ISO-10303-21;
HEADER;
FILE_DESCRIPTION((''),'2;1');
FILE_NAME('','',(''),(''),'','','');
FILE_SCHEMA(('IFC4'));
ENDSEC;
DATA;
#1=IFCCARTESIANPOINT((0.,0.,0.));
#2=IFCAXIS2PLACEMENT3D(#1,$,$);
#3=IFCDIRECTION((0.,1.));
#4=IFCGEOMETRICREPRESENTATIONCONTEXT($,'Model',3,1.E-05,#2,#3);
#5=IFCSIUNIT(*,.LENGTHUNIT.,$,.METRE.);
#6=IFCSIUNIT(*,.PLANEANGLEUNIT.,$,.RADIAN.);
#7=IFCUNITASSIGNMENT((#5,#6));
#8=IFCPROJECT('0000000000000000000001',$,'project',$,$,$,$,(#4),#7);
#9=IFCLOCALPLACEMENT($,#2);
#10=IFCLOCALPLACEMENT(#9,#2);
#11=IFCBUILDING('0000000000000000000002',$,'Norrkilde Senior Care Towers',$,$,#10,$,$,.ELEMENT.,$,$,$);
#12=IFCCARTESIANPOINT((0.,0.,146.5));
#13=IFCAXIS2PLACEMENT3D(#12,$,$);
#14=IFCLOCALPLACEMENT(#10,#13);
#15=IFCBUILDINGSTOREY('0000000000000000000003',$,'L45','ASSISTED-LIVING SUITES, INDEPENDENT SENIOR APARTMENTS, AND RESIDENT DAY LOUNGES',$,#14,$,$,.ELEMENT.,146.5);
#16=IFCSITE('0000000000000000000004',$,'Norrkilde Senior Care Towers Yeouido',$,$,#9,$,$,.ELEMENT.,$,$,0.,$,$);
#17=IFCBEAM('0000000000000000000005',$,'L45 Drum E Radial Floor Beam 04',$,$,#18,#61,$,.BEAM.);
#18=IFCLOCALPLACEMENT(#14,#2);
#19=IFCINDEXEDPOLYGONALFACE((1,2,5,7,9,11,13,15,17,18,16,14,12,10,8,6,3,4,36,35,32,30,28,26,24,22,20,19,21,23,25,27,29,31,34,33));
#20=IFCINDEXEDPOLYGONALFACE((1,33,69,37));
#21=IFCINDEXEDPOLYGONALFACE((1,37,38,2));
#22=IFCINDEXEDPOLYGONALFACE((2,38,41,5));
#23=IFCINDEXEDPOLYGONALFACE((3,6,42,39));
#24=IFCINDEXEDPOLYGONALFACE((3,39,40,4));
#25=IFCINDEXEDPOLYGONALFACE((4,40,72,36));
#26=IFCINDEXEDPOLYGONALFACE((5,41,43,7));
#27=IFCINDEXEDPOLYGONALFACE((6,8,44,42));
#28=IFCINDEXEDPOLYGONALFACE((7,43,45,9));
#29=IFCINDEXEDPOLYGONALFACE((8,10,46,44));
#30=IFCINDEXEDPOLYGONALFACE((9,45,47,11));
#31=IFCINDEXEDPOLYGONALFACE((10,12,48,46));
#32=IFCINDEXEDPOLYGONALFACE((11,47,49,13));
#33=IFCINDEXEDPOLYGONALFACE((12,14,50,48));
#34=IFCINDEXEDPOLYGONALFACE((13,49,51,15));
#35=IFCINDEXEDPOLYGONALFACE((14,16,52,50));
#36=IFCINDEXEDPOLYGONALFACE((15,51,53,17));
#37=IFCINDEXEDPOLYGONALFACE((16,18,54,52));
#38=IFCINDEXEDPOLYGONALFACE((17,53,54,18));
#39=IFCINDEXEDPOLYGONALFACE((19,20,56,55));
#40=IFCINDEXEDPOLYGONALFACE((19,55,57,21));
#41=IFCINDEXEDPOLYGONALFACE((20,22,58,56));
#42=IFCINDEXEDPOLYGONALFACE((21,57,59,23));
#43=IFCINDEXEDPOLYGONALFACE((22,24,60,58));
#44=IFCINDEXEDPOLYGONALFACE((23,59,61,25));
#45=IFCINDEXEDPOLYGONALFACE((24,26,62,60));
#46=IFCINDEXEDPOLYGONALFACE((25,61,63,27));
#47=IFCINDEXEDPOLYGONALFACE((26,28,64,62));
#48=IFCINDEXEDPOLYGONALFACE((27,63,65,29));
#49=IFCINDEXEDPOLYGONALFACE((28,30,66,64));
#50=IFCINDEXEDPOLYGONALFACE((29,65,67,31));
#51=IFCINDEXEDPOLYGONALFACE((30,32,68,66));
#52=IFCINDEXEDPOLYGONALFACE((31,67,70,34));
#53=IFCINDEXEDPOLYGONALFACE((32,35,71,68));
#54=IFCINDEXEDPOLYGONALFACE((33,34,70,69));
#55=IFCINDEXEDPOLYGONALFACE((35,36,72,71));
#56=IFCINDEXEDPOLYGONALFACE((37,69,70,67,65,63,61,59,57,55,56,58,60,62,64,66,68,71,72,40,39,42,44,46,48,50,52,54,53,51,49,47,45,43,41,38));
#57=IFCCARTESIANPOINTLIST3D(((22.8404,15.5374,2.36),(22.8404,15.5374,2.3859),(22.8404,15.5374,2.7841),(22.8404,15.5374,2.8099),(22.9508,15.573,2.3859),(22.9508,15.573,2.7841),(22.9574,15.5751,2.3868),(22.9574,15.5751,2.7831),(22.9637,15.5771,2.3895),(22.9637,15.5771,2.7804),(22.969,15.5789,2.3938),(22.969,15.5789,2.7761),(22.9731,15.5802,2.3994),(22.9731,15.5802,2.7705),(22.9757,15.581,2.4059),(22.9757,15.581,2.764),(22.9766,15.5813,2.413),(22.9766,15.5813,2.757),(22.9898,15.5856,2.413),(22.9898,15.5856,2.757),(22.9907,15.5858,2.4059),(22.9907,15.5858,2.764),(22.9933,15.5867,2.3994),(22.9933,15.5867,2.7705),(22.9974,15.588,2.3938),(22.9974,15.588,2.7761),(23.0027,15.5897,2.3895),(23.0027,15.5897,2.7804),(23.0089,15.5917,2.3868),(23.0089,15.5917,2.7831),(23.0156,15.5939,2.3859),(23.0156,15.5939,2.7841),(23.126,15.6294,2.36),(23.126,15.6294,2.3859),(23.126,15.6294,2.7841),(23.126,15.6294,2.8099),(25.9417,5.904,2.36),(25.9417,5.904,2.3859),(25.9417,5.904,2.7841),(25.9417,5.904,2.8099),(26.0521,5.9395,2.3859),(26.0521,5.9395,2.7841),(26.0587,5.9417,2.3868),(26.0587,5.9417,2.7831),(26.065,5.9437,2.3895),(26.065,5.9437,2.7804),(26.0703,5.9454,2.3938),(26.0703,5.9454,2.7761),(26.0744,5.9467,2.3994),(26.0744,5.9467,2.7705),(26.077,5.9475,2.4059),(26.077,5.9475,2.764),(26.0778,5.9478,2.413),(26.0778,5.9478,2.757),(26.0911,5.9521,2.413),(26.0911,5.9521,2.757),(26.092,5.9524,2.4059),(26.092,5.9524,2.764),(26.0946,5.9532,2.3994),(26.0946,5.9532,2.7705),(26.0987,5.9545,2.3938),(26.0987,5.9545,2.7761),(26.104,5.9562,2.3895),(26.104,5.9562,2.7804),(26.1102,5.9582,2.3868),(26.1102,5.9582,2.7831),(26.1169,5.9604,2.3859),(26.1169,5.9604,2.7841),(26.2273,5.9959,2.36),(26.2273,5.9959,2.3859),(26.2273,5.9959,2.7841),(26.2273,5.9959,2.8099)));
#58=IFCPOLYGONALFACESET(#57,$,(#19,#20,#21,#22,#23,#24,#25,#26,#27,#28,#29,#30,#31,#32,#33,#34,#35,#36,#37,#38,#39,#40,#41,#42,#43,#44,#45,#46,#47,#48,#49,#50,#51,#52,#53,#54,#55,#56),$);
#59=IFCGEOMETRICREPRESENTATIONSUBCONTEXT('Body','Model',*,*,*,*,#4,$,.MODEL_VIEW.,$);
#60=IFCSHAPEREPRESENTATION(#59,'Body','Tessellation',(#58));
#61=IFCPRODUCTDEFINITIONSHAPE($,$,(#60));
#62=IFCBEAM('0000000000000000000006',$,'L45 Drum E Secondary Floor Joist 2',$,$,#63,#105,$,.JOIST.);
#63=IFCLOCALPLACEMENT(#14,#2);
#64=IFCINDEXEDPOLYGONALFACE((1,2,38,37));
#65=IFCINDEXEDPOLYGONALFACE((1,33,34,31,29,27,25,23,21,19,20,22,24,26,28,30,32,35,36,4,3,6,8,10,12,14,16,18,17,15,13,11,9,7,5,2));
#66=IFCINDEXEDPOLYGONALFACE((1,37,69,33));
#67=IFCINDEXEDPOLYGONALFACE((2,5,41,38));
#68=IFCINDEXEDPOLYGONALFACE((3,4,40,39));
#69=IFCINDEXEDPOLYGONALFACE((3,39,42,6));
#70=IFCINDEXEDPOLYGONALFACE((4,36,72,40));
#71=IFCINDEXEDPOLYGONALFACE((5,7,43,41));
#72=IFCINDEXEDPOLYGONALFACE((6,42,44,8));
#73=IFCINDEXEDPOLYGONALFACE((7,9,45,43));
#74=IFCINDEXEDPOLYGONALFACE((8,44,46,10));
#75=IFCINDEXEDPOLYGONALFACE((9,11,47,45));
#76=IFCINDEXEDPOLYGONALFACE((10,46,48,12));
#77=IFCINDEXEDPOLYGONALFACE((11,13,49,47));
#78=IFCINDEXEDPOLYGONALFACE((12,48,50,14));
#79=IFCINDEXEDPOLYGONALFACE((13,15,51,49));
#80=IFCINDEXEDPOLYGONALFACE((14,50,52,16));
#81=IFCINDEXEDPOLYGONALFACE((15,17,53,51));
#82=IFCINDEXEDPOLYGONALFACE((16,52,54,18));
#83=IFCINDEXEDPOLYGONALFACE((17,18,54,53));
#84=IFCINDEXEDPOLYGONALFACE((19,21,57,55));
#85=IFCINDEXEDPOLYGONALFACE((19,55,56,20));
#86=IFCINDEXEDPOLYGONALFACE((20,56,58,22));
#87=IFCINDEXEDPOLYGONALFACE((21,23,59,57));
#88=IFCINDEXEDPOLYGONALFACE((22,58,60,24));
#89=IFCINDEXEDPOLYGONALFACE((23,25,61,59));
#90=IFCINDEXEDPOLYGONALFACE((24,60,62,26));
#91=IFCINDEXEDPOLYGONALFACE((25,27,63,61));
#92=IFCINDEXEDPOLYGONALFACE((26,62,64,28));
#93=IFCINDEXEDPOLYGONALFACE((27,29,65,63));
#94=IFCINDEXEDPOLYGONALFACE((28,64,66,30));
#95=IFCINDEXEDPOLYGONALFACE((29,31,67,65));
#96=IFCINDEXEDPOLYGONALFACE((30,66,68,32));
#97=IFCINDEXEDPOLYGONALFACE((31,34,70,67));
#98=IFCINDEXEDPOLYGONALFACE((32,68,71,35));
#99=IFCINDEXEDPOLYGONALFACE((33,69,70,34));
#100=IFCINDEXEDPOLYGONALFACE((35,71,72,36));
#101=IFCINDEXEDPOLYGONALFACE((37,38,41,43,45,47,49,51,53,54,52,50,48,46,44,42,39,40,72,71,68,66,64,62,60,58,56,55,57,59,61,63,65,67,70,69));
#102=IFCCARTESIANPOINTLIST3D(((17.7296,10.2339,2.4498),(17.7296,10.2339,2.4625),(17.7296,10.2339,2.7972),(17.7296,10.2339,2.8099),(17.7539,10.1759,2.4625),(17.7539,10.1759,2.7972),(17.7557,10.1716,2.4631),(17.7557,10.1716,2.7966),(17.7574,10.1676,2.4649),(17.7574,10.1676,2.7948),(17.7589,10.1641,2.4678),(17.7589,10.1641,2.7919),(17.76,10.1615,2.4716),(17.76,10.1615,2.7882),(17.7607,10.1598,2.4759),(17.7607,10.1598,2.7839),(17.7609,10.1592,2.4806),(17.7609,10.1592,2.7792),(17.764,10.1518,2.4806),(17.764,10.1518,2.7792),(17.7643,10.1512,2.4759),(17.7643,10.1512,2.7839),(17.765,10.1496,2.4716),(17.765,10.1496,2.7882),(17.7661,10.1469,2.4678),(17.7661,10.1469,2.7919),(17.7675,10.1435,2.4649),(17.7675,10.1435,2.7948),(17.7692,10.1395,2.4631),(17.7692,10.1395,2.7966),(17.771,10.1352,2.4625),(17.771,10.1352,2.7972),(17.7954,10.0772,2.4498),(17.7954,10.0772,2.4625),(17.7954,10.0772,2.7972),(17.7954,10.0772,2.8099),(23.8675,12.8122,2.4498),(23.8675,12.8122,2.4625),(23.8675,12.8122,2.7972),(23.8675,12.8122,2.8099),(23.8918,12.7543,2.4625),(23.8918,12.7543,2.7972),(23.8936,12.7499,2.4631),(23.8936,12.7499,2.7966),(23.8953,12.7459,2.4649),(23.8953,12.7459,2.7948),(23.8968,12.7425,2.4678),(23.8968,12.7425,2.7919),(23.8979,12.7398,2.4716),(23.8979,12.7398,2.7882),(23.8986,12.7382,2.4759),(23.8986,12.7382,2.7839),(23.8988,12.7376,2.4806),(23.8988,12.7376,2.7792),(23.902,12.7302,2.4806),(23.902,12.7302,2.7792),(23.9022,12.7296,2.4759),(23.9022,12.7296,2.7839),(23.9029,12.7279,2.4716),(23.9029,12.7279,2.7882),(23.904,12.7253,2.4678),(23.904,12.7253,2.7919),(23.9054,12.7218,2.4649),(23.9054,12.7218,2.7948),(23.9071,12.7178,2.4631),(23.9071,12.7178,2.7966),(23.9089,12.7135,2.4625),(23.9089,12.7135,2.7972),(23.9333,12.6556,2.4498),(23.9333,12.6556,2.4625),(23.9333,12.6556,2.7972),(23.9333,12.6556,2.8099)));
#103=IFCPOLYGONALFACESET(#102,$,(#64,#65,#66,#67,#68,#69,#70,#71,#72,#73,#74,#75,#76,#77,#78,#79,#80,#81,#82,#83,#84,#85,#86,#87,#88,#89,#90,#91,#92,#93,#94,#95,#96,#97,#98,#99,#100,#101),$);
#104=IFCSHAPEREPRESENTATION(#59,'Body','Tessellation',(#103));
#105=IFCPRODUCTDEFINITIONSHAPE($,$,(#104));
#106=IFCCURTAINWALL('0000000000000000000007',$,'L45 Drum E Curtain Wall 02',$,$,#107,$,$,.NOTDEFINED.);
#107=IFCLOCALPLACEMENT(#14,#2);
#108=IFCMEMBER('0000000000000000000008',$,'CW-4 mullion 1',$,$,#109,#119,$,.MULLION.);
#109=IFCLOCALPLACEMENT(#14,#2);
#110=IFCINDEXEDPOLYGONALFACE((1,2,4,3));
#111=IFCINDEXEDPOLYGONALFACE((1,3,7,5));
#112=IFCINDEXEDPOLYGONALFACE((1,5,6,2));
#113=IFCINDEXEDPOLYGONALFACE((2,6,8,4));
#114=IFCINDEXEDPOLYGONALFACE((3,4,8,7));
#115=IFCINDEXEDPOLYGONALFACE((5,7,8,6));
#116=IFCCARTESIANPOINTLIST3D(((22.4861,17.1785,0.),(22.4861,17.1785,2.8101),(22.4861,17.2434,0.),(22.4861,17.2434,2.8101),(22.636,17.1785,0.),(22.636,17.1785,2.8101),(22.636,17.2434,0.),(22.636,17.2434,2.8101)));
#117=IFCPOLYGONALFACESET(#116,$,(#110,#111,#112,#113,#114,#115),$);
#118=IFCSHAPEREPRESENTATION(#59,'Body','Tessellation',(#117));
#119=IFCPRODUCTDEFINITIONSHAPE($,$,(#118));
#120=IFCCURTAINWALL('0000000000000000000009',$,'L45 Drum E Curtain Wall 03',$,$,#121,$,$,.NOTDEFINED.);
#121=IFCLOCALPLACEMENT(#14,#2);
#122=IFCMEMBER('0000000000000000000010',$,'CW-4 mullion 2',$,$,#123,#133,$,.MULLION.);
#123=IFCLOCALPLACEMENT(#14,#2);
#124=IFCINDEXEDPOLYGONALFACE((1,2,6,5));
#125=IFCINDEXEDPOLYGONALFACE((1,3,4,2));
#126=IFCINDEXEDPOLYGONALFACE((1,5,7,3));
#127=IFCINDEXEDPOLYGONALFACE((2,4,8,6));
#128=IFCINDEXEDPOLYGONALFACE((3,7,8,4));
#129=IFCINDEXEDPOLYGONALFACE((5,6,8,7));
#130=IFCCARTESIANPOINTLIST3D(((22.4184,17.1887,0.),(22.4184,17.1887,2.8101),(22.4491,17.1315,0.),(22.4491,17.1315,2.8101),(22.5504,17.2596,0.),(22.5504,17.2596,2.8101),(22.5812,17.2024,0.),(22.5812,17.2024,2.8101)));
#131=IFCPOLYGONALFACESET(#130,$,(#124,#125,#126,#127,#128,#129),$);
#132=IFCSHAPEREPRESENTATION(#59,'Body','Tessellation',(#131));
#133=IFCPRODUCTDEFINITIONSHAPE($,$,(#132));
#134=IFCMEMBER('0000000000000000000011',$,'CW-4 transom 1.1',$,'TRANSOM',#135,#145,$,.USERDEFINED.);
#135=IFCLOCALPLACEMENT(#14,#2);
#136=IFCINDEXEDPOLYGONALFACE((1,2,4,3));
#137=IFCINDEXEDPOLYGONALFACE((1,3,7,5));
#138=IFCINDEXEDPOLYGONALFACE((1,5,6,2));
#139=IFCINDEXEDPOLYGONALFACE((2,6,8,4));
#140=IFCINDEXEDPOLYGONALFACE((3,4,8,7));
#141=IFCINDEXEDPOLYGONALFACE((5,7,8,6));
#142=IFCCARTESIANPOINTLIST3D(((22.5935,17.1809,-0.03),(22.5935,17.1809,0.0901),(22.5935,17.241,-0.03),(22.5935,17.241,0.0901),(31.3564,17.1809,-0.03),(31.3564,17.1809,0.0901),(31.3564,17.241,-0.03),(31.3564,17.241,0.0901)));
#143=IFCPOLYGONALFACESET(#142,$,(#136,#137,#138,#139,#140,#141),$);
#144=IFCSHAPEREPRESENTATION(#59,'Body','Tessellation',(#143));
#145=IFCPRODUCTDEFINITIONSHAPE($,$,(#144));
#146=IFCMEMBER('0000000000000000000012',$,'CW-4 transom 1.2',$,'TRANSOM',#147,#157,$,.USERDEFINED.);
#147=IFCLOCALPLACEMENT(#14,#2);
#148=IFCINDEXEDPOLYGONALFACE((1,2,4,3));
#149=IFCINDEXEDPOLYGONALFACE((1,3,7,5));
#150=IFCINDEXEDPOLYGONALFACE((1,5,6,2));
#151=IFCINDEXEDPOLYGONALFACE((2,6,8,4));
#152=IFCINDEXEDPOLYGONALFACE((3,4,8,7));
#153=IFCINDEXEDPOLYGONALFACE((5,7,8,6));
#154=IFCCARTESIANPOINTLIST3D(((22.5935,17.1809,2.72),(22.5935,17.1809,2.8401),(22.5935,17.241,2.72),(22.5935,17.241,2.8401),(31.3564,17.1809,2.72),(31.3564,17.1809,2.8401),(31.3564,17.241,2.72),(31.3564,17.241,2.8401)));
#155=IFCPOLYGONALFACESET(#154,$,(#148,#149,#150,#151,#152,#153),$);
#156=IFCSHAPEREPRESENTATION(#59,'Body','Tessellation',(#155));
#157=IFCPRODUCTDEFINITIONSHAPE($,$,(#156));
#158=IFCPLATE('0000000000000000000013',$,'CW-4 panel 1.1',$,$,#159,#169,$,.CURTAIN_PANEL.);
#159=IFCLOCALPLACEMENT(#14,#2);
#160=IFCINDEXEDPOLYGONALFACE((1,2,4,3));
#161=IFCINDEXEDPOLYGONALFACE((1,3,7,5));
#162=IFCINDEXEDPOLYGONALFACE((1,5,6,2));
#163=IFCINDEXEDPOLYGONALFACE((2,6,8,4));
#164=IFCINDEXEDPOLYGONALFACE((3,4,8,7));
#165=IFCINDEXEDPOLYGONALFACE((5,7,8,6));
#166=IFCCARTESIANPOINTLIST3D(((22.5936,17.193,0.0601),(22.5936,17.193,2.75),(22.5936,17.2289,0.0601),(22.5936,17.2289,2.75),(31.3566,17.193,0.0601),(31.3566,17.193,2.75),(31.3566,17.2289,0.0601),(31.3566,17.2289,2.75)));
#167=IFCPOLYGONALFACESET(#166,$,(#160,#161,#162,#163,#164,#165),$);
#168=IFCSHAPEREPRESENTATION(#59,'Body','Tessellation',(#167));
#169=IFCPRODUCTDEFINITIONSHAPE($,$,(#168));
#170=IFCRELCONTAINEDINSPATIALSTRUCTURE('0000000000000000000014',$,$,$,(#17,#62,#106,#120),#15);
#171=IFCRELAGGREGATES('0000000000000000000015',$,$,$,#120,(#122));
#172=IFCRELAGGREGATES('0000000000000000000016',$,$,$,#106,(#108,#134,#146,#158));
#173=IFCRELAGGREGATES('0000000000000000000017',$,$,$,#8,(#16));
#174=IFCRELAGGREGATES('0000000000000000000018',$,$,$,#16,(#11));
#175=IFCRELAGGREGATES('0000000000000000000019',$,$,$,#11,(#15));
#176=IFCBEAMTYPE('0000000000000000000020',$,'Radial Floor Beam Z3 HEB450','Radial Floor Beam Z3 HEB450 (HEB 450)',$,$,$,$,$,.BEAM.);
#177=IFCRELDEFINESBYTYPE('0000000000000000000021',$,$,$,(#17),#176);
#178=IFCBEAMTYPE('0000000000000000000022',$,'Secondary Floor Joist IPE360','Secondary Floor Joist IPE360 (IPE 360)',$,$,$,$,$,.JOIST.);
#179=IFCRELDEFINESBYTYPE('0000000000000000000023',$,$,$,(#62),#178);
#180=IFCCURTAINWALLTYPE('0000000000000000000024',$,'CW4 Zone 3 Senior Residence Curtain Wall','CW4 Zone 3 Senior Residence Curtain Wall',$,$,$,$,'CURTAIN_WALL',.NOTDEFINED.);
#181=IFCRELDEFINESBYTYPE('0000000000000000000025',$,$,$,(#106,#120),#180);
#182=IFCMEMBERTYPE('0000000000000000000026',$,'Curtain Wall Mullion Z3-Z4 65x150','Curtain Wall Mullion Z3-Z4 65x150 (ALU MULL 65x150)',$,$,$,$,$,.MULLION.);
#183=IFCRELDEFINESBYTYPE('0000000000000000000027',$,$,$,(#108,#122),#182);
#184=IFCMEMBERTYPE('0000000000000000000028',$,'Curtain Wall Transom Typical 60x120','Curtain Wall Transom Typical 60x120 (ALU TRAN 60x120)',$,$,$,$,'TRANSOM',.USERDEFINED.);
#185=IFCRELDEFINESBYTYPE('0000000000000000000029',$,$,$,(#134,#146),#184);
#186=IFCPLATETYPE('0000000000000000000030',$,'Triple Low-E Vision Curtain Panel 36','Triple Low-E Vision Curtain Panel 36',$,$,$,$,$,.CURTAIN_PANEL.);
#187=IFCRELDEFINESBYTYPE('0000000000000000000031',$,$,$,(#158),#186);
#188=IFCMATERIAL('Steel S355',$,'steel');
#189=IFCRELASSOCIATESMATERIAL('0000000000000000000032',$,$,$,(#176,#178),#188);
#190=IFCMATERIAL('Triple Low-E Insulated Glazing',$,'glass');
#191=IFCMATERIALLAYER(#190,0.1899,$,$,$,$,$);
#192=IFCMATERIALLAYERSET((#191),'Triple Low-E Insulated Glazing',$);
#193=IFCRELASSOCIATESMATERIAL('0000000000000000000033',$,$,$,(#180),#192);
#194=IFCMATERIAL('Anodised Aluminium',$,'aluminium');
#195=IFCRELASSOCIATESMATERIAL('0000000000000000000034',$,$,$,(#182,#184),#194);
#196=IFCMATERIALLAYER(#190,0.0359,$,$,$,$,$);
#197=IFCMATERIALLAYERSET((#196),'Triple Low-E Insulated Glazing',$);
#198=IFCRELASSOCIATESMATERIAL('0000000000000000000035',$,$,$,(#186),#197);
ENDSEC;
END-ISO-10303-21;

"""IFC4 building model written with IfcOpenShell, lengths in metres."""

from ifc_helpers import new_model, si_unit, direction, frame, origin, origin_2d, place, context, subcontext, project, spatial, rectangle, i_section, extrude, source, transform, mapped, material, layer, layer_set, material_profile, profile_set, type_object, type_shapes, element, aggregate, save


model = new_model("IFC4")

# Units and contexts
model_context = context("Model", 3, precision=1e-05, world=origin(), true_north=direction((0.0, 1.0)))
body_context = subcontext(model_context, "Body", "Model", "MODEL_VIEW")
ifc_project = project(units=[si_unit("LENGTHUNIT", "METRE"), si_unit("PLANEANGLEUNIT", "RADIAN")], contexts=[model_context])

# Site, building, storey
site_placement = place(None, origin())
site = spatial("IfcSite", under=ifc_project, at=site_placement, Name="Norrkilde Senior Care Towers Yeouido", CompositionType="ELEMENT", RefElevation=0.0)
building_placement = place(site_placement, origin())
building = spatial("IfcBuilding", under=site, at=building_placement, Name="Norrkilde Senior Care Towers", CompositionType="ELEMENT")
storey_placement = place(building_placement, frame((0.0, 0.0, 146.5)))
storey = spatial("IfcBuildingStorey", under=building, at=storey_placement, Name="L45", Description="ASSISTED-LIVING SUITES, INDEPENDENT SENIOR APARTMENTS, AND RESIDENT DAY LOUNGES", CompositionType="ELEMENT", Elevation=146.5)

# Beams
ifc_material_1 = material(Name="Steel S355", Category="steel")
ifc_material_profile_1 = material_profile(ifc_material_1, i_section(OverallWidth=0.3, OverallDepth=0.45, WebThickness=0.0139, FlangeThickness=0.0259, FilletRadius=0.0271, at=origin_2d()), Name="HEB 450")
ifc_profile_set_1 = profile_set([ifc_material_profile_1], Name="Steel S355")
beam_type_1 = type_object("IfcBeamType", Name="Radial Floor Beam Z3 HEB450", Description="Radial Floor Beam Z3 HEB450 (HEB 450)", PredefinedType="BEAM", material=ifc_profile_set_1)
shared_shape_1 = source(origin(), body_context, "Body", "SweptSolid", [
    extrude(i_section(OverallWidth=0.3, OverallDepth=0.45, WebThickness=0.0139, FlangeThickness=0.0259, FilletRadius=0.0271, at=origin_2d()), origin(), (0.0, 0.0, 1.0), 10.1204),
])
beam_1_placement = place(storey_placement, frame((26.0845, 5.95, 2.585), z_axis=(-0.306441, 0.95189, 0.0), x_axis=(-0.95189, -0.306441, 0.0)))
element("IfcBeam", 1, at=beam_1_placement, inside=storey, type_object=beam_type_1, Name="L45 Drum E Radial Floor Beam 04", PredefinedType="BEAM", context=body_context, shape_type="MappedRepresentation", body=[
    mapped(shared_shape_1, transform((0.0, 0.0, 0.0), x_axis=(1.0, 0.0, 0.0), y_axis=(0.0, 1.0, 0.0), z_axis=(0.0, 0.0, 1.0), scale=1.0)),
])
ifc_material_profile_2 = material_profile(ifc_material_1, i_section(OverallWidth=0.1699, OverallDepth=0.3601, WebThickness=0.0081, FlangeThickness=0.0127, FilletRadius=0.0181, at=origin_2d()), Name="IPE 360")
ifc_profile_set_2 = profile_set([ifc_material_profile_2], Name="Steel S355")
beam_type_2 = type_object("IfcBeamType", Name="Secondary Floor Joist IPE360", Description="Secondary Floor Joist IPE360 (IPE 360)", PredefinedType="JOIST", material=ifc_profile_set_2)
shared_shape_2 = source(origin(), body_context, "Body", "SweptSolid", [
    extrude(i_section(OverallWidth=0.1699, OverallDepth=0.3601, WebThickness=0.0081, FlangeThickness=0.0127, FilletRadius=0.0181, at=origin_2d()), origin(), (0.0, 0.0, 1.0), 6.6575),
])
type_shapes(beam_type_2, [shared_shape_2])
beam_2_placement = place(storey_placement, frame((23.9004, 12.7339, 2.6299), z_axis=(-0.921959, -0.387288, 0.0), x_axis=(0.387288, -0.921959, 0.0)))
element("IfcBeam", 2, at=beam_2_placement, inside=storey, type_object=beam_type_2, Name="L45 Drum E Secondary Floor Joist 2", PredefinedType="JOIST", context=body_context, shape_type="MappedRepresentation", body=[
    mapped(shared_shape_2, transform((0.0, 0.0, 0.0), x_axis=(1.0, 0.0, 0.0), y_axis=(0.0, 1.0, 0.0), z_axis=(0.0, 0.0, 1.0), scale=1.0)),
])

# Curtain walls, members
ifc_material_2 = material(Name="Triple Low-E Insulated Glazing", Category="glass")
ifc_layer_1 = layer(ifc_material_2, 0.1899)
ifc_layer_set_1 = layer_set([ifc_layer_1], Name="Triple Low-E Insulated Glazing")
curtain_wall_type = type_object("IfcCurtainWallType", Name="CW4 Zone 3 Senior Residence Curtain Wall", Description="CW4 Zone 3 Senior Residence Curtain Wall", ElementType="CURTAIN_WALL", PredefinedType="NOTDEFINED", material=ifc_layer_set_1)
curtain_wall_1_placement = place(storey_placement, origin())
curtain_wall_1 = element("IfcCurtainWall", 3, at=curtain_wall_1_placement, inside=storey, type_object=curtain_wall_type, Name="L45 Drum E Curtain Wall 02", PredefinedType="NOTDEFINED")
ifc_material_3 = material(Name="Anodised Aluminium", Category="aluminium")
ifc_material_profile_3 = material_profile(ifc_material_3, rectangle(XDim=0.0649, YDim=0.1499, at=origin_2d()), Name="ALU MULL 65x150")
ifc_profile_set_3 = profile_set([ifc_material_profile_3], Name="Anodised Aluminium")
member_type_1 = type_object("IfcMemberType", Name="Curtain Wall Mullion Z3-Z4 65x150", Description="Curtain Wall Mullion Z3-Z4 65x150 (ALU MULL 65x150)", PredefinedType="MULLION", material=ifc_profile_set_3)
shared_shape_3 = source(origin(), body_context, "Body", "SweptSolid", [
    extrude(rectangle(XDim=0.0649, YDim=0.1499, at=origin_2d()), origin(), (0.0, 0.0, 1.0), 2.8101),
])
type_shapes(member_type_1, [shared_shape_3])
member_1_placement = place(storey_placement, frame((22.561, 17.2109, 0.0), z_axis=(0.0, 0.0, 1.0), x_axis=(0.0, 1.0, 0.0)))
member_1 = element("IfcMember", 4, at=member_1_placement, type_object=member_type_1, Name="CW-4 mullion 1", PredefinedType="MULLION", context=body_context, shape_type="MappedRepresentation", body=[
    mapped(shared_shape_3, transform((0.0, 0.0, 0.0), x_axis=(1.0, 0.0, 0.0), y_axis=(0.0, 1.0, 0.0), z_axis=(0.0, 0.0, 1.0), scale=1.0)),
])
curtain_wall_2_placement = place(storey_placement, origin())
curtain_wall_2 = element("IfcCurtainWall", 5, at=curtain_wall_2_placement, inside=storey, type_object=curtain_wall_type, Name="L45 Drum E Curtain Wall 03", PredefinedType="NOTDEFINED")
member_2_placement = place(storey_placement, frame((22.4998, 17.1956, 0.0), z_axis=(0.0, 0.0, 1.0), x_axis=(-0.473117, 0.881, 0.0)))
member_2 = element("IfcMember", 6, at=member_2_placement, type_object=member_type_1, Name="CW-4 mullion 2", PredefinedType="MULLION", context=body_context, shape_type="MappedRepresentation", body=[
    mapped(shared_shape_3, transform((0.0, 0.0, 0.0), x_axis=(1.0, 0.0, 0.0), y_axis=(0.0, 1.0, 0.0), z_axis=(0.0, 0.0, 1.0), scale=1.0)),
])
aggregate(curtain_wall_2, [member_2])

# Members
ifc_material_profile_4 = material_profile(ifc_material_3, rectangle(XDim=0.0601, YDim=0.1201, at=origin_2d()), Name="ALU TRAN 60x120")
ifc_profile_set_4 = profile_set([ifc_material_profile_4], Name="Anodised Aluminium")
member_type_2 = type_object("IfcMemberType", Name="Curtain Wall Transom Typical 60x120", Description="Curtain Wall Transom Typical 60x120 (ALU TRAN 60x120)", ElementType="TRANSOM", PredefinedType="USERDEFINED", material=ifc_profile_set_4)
shared_shape_4 = source(origin(), body_context, "Body", "SweptSolid", [
    extrude(rectangle(XDim=0.0601, YDim=0.1201, at=origin_2d()), origin(), (0.0, 0.0, 1.0), 8.7629),
])
type_shapes(member_type_2, [shared_shape_4])
member_3_placement = place(storey_placement, frame((22.5935, 17.2109, 0.03), z_axis=(1.0, 0.0, 0.0), x_axis=(0.0, 1.0, 0.0)))
member_3 = element("IfcMember", 7, at=member_3_placement, type_object=member_type_2, Name="CW-4 transom 1.1", ObjectType="TRANSOM", PredefinedType="USERDEFINED", context=body_context, shape_type="MappedRepresentation", body=[
    mapped(shared_shape_4, transform((0.0, 0.0, 0.0), x_axis=(1.0, 0.0, 0.0), y_axis=(0.0, 1.0, 0.0), z_axis=(0.0, 0.0, 1.0), scale=1.0)),
])
member_4_placement = place(storey_placement, frame((22.5935, 17.2109, 2.78), z_axis=(1.0, 0.0, 0.0), x_axis=(0.0, 1.0, 0.0)))
member_4 = element("IfcMember", 8, at=member_4_placement, type_object=member_type_2, Name="CW-4 transom 1.2", ObjectType="TRANSOM", PredefinedType="USERDEFINED", context=body_context, shape_type="MappedRepresentation", body=[
    mapped(shared_shape_4, transform((0.0, 0.0, 0.0), x_axis=(1.0, 0.0, 0.0), y_axis=(0.0, 1.0, 0.0), z_axis=(0.0, 0.0, 1.0), scale=1.0)),
])

# Plate
ifc_layer_2 = layer(ifc_material_2, 0.0359)
ifc_layer_set_2 = layer_set([ifc_layer_2], Name="Triple Low-E Insulated Glazing")
plate_type = type_object("IfcPlateType", Name="Triple Low-E Vision Curtain Panel 36", Description="Triple Low-E Vision Curtain Panel 36", PredefinedType="CURTAIN_PANEL", material=ifc_layer_set_2)
shared_shape_5 = source(origin(), body_context, "Body", "SweptSolid", [
    extrude(rectangle(XDim=8.7629, YDim=0.0359, at=origin_2d()), origin(), (0.0, 0.0, 1.0), 2.6899),
])
type_shapes(plate_type, [shared_shape_5])
plate_placement = place(storey_placement, frame((26.9751, 17.2109, 0.0601), z_axis=(0.0, 0.0, 1.0), x_axis=(1.0, 0.0, 0.0)))
plate = element("IfcPlate", 9, at=plate_placement, type_object=plate_type, Name="CW-4 panel 1.1", PredefinedType="CURTAIN_PANEL", context=body_context, shape_type="MappedRepresentation", body=[
    mapped(shared_shape_5, transform((0.0, 0.0, 0.0), x_axis=(1.0, 0.0, 0.0), y_axis=(0.0, 1.0, 0.0), z_axis=(0.0, 0.0, 1.0), scale=1.0)),
])
aggregate(curtain_wall_1, [member_1, member_3, member_4, plate])

save(model, "model.ifc")
